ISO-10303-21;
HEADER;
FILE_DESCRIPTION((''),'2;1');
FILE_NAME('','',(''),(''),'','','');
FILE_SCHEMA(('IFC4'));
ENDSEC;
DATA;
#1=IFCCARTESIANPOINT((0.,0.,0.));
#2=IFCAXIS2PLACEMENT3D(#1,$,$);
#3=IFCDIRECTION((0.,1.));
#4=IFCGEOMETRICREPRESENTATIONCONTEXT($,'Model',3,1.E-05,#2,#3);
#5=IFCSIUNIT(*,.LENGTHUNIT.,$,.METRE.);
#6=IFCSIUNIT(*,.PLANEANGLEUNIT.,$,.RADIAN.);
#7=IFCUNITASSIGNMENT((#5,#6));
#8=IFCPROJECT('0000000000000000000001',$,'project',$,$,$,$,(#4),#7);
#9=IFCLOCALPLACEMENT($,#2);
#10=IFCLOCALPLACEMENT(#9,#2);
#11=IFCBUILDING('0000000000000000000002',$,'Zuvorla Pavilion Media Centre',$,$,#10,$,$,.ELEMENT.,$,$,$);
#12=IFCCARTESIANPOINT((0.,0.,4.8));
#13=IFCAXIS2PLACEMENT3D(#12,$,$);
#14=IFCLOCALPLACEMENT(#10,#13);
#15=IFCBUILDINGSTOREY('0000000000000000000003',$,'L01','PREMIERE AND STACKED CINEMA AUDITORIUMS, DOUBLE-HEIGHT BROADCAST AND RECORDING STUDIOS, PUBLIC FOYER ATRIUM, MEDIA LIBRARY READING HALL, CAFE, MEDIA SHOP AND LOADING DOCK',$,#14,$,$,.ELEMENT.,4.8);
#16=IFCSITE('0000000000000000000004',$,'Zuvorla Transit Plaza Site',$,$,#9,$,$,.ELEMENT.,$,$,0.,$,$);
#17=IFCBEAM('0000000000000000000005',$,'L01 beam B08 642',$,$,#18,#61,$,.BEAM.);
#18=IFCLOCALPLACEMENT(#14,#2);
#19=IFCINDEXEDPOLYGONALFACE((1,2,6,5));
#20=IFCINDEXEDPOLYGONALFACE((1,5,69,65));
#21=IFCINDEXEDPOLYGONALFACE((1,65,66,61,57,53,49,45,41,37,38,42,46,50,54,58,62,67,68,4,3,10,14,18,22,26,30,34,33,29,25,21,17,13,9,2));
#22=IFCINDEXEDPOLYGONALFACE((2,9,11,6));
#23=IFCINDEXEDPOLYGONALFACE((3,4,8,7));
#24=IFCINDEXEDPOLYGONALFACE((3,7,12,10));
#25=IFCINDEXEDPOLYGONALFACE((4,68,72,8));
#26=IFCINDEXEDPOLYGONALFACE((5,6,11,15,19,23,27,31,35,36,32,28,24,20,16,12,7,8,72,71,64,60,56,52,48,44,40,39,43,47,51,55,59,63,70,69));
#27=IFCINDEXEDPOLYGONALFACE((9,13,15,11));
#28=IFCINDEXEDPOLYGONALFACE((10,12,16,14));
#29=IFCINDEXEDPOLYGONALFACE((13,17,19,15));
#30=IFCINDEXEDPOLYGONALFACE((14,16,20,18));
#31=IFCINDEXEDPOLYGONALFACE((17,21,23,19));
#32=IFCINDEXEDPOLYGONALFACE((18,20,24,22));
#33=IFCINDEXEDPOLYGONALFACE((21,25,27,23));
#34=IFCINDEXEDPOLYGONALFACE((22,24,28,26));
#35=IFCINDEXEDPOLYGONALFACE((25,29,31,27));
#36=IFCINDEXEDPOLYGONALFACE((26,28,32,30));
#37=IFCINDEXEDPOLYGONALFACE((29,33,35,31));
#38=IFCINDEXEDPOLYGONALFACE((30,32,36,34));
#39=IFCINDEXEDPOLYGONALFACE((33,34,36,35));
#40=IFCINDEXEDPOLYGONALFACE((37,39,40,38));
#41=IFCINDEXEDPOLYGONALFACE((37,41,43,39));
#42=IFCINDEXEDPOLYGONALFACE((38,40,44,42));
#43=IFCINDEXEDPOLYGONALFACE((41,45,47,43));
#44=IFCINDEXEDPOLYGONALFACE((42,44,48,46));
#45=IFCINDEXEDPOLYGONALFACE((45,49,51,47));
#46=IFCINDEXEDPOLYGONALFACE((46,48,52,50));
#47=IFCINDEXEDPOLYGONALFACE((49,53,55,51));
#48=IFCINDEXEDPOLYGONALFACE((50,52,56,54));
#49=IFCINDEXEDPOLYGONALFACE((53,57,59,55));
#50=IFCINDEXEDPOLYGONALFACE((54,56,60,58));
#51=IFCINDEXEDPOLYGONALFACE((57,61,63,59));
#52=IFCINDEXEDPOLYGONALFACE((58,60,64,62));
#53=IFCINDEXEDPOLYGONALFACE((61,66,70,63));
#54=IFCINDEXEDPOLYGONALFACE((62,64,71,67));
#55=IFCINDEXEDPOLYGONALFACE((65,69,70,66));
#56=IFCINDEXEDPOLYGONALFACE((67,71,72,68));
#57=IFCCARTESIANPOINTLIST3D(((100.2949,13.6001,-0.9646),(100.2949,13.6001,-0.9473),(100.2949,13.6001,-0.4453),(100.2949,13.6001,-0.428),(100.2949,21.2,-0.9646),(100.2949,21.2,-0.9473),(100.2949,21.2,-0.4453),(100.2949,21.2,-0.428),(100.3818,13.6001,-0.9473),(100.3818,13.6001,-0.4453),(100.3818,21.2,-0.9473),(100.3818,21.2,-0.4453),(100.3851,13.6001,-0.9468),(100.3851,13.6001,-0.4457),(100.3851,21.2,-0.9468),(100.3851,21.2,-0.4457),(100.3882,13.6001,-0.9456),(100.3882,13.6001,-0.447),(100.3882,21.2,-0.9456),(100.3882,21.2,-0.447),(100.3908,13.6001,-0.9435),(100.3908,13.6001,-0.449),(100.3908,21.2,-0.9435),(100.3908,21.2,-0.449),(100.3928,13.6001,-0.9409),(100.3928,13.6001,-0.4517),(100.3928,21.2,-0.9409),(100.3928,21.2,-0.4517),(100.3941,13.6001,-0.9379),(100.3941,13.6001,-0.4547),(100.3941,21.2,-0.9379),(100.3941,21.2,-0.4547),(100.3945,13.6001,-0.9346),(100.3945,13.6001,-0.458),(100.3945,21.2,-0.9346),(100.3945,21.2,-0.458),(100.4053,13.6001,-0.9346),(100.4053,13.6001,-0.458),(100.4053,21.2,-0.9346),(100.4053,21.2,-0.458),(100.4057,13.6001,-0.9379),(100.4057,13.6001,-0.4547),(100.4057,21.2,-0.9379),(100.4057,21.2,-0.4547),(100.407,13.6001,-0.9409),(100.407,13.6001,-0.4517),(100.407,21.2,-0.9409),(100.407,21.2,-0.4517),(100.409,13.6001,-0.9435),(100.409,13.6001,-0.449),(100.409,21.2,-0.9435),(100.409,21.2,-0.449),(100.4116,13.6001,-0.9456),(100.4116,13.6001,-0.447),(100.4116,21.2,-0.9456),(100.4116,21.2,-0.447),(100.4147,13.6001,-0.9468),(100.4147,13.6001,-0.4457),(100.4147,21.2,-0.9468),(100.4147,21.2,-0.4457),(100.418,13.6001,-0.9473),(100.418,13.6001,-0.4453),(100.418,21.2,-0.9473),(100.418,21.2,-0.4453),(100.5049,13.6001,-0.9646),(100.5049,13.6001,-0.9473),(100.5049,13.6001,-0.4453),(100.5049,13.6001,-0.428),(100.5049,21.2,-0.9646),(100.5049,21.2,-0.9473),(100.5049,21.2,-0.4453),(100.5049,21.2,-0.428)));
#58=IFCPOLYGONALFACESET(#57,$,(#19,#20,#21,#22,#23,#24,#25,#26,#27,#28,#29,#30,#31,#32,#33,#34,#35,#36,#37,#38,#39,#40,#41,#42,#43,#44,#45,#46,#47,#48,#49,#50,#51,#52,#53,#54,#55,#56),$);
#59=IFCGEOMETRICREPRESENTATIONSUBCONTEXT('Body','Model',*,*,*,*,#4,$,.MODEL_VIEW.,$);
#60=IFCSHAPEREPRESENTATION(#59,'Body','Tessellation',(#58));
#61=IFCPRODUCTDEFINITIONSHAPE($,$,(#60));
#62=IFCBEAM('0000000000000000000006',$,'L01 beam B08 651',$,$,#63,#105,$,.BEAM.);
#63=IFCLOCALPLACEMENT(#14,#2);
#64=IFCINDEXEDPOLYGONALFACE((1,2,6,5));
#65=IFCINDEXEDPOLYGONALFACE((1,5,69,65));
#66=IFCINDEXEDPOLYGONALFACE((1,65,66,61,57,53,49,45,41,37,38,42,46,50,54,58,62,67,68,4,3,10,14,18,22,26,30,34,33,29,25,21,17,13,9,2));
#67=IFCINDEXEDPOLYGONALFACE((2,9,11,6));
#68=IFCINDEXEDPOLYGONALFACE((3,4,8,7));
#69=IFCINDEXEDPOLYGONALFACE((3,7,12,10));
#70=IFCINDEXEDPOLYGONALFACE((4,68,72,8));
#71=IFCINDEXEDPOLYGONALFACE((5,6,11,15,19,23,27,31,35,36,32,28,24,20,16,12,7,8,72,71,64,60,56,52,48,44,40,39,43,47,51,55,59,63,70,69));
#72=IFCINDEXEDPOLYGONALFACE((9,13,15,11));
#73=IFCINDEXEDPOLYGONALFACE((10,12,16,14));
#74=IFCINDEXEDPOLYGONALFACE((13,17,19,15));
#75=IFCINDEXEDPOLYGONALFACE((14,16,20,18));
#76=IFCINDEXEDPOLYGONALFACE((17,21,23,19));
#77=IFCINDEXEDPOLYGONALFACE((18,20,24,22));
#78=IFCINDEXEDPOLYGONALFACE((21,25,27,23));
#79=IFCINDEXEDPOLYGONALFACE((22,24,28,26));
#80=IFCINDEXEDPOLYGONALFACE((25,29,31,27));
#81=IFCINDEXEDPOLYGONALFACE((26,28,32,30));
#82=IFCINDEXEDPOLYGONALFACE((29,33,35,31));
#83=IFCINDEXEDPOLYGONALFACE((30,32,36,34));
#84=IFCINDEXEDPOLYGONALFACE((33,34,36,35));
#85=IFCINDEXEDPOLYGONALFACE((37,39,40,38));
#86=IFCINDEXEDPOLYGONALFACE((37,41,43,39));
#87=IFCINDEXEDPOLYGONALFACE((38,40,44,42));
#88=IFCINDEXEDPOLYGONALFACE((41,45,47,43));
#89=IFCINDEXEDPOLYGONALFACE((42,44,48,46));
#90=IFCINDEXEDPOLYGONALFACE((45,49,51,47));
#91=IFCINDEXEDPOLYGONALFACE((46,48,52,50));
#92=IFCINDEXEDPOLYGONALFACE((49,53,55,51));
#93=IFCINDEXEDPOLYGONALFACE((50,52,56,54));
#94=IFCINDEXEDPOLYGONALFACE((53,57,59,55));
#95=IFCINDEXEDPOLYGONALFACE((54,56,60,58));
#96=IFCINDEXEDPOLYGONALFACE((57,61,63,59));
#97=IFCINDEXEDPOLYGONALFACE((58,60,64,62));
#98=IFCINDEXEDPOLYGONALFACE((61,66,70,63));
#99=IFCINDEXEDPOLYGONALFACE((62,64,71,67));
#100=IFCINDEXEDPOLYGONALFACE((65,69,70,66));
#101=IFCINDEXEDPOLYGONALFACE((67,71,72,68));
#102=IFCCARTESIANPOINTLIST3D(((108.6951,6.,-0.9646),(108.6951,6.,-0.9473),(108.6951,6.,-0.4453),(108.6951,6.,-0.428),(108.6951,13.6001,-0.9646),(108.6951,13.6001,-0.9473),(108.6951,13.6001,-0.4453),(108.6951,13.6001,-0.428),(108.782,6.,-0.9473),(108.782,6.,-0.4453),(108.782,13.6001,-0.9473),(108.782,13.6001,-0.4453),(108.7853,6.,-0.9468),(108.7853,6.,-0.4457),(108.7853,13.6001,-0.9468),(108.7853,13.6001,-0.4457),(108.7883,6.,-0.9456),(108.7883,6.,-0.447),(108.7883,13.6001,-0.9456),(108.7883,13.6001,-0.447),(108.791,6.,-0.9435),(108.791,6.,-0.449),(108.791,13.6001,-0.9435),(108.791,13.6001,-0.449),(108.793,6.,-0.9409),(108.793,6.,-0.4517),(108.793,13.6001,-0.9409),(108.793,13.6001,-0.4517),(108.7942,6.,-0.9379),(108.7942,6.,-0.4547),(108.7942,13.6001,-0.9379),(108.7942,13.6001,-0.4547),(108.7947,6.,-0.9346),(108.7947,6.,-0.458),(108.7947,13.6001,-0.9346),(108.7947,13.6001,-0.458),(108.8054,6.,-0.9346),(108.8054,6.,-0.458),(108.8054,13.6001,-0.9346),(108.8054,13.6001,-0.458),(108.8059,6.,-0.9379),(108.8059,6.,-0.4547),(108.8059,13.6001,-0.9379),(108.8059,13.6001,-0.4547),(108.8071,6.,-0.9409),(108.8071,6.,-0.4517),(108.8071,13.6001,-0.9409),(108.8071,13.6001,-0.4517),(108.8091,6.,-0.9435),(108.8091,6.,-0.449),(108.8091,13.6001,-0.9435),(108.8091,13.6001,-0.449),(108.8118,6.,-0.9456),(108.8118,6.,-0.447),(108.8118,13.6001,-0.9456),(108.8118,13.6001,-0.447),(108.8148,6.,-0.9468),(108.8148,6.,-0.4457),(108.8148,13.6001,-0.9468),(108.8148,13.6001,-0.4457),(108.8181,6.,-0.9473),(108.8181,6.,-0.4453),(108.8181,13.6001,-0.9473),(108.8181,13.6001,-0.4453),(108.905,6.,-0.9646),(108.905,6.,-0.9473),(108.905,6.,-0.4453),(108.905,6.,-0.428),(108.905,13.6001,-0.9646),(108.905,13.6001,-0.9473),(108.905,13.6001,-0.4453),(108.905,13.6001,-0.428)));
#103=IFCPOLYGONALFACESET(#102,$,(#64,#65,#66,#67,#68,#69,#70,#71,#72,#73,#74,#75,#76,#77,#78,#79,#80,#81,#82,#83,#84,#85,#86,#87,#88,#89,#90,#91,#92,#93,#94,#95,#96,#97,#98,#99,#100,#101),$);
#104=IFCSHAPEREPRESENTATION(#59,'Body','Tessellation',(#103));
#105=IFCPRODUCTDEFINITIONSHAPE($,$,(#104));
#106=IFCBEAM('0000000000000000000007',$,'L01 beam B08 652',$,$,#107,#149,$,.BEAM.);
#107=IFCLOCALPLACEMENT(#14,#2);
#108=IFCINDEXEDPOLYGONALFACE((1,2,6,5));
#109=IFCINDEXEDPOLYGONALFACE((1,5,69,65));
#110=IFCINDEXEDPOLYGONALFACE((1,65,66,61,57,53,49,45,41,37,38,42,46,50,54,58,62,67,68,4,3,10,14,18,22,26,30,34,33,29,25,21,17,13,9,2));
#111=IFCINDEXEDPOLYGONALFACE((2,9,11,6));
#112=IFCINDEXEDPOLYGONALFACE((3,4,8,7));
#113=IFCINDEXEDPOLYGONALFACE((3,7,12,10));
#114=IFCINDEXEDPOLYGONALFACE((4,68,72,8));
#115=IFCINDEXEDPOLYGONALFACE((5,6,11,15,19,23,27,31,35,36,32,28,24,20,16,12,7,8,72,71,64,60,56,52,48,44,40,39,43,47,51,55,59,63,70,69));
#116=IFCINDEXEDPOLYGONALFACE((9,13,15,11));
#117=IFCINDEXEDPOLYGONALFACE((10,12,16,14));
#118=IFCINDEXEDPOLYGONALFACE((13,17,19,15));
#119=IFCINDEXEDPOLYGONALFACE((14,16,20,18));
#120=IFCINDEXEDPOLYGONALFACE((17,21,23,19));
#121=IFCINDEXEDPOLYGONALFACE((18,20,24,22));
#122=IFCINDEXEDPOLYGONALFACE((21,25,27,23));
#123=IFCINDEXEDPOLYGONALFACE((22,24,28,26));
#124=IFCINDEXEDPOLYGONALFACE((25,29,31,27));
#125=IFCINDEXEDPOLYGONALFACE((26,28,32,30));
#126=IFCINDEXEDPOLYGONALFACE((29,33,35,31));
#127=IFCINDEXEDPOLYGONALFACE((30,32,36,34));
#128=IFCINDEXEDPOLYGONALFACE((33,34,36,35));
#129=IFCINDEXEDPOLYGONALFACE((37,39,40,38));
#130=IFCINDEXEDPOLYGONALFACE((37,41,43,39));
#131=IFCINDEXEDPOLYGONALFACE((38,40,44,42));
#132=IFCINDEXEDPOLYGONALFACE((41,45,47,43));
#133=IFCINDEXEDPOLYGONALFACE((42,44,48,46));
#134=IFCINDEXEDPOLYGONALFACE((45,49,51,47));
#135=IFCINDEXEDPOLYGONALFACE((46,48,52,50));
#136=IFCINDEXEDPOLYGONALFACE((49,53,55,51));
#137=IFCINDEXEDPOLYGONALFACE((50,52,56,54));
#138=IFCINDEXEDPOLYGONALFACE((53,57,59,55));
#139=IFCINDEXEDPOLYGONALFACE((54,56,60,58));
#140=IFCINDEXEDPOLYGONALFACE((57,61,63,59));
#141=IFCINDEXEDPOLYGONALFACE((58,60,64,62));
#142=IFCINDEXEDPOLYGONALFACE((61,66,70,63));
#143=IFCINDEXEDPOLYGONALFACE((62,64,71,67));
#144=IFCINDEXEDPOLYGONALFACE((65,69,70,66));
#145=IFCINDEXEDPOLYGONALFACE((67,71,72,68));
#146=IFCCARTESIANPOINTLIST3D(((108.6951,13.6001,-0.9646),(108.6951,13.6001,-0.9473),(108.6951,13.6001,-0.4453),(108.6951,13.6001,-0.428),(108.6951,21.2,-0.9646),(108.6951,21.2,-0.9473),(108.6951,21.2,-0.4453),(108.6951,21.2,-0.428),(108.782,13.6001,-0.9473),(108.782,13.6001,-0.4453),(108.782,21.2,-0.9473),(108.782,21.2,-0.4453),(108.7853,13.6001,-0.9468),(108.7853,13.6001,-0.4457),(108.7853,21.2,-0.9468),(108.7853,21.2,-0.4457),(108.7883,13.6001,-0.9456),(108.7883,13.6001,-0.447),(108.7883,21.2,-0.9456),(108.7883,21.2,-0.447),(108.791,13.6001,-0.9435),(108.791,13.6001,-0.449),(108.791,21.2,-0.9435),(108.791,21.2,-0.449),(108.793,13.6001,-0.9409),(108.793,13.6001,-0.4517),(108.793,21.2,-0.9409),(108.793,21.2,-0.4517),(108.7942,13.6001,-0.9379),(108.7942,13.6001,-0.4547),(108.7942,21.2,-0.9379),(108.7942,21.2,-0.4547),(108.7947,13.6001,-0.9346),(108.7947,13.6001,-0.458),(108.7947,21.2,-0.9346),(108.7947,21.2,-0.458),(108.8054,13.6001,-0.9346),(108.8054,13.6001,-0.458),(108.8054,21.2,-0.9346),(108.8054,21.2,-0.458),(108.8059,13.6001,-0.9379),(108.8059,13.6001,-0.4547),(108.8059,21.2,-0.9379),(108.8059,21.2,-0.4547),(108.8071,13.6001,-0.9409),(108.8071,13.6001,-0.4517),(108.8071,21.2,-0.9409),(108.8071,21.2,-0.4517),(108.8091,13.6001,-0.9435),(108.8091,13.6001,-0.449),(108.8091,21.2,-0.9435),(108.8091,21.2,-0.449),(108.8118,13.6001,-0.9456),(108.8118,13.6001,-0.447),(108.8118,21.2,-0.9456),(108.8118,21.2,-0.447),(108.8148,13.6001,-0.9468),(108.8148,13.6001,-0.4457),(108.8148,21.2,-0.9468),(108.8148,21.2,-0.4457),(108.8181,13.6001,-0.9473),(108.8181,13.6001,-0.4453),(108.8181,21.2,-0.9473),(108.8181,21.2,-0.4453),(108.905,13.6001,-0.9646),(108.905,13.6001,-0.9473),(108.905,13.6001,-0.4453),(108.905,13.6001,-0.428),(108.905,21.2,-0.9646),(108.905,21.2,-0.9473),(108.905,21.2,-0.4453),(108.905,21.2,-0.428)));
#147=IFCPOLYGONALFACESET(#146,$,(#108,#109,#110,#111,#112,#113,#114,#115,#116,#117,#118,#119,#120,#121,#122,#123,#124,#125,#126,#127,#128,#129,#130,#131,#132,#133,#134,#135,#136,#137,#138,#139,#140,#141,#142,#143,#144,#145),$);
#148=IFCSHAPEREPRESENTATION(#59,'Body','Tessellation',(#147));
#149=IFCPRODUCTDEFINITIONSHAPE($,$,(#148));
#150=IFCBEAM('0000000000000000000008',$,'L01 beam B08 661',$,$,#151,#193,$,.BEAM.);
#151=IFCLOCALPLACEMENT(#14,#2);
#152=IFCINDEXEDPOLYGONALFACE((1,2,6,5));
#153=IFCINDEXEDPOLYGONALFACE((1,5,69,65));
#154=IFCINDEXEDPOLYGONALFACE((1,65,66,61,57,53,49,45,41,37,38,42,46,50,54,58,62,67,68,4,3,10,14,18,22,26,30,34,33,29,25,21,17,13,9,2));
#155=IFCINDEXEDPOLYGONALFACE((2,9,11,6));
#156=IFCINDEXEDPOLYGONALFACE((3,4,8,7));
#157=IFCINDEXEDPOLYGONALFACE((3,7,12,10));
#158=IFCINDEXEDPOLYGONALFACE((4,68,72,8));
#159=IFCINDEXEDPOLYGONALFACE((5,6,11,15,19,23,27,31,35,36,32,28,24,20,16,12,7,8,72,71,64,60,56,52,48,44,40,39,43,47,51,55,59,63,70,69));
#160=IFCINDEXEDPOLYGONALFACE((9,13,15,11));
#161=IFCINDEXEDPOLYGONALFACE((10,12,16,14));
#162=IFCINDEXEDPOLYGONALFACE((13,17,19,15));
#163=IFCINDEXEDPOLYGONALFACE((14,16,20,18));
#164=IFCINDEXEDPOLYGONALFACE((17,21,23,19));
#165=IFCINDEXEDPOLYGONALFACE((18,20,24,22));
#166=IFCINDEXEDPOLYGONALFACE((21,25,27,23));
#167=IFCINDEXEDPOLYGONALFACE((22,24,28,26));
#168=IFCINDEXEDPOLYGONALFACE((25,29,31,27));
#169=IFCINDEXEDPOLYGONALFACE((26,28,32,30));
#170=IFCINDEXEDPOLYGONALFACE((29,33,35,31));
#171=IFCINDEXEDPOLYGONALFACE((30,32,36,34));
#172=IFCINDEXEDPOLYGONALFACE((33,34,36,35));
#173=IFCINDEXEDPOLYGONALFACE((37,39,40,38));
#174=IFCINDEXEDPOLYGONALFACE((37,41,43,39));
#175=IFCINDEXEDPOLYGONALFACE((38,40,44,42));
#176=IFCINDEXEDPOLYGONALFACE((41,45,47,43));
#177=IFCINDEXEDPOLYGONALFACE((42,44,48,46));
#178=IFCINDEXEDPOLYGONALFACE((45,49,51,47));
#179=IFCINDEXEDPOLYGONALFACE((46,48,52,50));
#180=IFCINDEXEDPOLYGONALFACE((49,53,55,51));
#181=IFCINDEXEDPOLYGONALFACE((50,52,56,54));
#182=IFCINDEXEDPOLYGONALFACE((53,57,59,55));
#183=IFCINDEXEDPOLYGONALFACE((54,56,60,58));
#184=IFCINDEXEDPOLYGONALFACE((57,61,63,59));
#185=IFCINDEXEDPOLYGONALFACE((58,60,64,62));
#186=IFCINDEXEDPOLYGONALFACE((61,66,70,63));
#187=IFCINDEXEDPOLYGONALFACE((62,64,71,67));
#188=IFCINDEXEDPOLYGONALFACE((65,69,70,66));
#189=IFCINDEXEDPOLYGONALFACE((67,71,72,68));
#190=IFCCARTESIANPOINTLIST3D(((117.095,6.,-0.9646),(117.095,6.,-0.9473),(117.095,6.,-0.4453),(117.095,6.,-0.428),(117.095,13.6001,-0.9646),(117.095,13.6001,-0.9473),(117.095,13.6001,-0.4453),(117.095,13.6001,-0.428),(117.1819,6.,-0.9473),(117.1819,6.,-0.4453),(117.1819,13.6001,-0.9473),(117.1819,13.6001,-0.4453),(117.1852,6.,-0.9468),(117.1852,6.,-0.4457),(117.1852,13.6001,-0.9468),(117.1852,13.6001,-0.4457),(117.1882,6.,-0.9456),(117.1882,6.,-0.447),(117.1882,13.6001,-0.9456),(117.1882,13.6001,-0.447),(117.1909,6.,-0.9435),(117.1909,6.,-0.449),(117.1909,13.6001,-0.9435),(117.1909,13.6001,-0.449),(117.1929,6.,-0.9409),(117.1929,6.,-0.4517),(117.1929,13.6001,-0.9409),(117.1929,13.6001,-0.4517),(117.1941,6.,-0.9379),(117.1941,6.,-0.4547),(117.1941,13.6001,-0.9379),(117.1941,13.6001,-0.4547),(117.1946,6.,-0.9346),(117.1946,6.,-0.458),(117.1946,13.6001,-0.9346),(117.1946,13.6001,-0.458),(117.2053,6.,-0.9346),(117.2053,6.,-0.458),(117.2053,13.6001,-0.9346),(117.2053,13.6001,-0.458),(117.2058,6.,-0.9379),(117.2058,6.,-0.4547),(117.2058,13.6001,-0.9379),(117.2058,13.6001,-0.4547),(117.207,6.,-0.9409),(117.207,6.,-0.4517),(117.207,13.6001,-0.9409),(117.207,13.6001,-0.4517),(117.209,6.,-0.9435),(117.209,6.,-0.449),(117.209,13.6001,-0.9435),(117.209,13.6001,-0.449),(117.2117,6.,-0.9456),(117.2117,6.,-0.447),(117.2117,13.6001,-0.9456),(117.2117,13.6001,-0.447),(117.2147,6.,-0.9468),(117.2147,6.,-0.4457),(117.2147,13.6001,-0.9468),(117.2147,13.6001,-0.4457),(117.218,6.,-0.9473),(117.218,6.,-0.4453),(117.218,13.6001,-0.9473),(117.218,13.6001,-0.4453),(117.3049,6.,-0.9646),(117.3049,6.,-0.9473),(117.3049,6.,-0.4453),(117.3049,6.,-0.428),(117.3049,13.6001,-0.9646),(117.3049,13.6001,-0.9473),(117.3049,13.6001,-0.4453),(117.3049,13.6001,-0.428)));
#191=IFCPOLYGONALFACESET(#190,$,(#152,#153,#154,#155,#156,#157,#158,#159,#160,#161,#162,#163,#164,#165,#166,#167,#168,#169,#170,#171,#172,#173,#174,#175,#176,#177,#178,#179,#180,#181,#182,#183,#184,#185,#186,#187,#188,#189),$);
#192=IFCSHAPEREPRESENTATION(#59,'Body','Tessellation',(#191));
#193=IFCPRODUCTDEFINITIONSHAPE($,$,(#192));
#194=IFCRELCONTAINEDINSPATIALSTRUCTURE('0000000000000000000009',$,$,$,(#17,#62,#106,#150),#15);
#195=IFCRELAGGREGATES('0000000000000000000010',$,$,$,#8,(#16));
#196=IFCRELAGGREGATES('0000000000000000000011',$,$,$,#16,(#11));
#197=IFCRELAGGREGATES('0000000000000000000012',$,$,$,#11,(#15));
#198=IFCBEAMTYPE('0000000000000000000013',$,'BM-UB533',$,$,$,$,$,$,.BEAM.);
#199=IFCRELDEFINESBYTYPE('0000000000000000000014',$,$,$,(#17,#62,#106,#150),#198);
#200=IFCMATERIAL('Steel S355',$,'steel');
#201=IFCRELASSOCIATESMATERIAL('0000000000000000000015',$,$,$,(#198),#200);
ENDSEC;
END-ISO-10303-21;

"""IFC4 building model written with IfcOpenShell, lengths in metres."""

from ifc_helpers import new_model, si_unit, direction, frame, origin, origin_2d, place, context, subcontext, project, spatial, i_section, extrude, material, material_profile, profile_set, type_object, element, save


model = new_model("IFC4")

# Units and contexts
model_context = context("Model", 3, precision=1e-05, world=origin(), true_north=direction((0.0, 1.0)))
body_context = subcontext(model_context, "Body", "Model", "MODEL_VIEW")
ifc_project = project(units=[si_unit("LENGTHUNIT", "METRE"), si_unit("PLANEANGLEUNIT", "RADIAN")], contexts=[model_context])

# Site, building, storey
site_placement = place(None, origin())
site = spatial("IfcSite", under=ifc_project, at=site_placement, Name="Zuvorla Transit Plaza Site", CompositionType="ELEMENT", RefElevation=0.0)
building_placement = place(site_placement, origin())
building = spatial("IfcBuilding", under=site, at=building_placement, Name="Zuvorla Pavilion Media Centre", CompositionType="ELEMENT")
storey_placement = place(building_placement, frame((0.0, 0.0, 4.8)))
storey = spatial("IfcBuildingStorey", under=building, at=storey_placement, Name="L01", Description="PREMIERE AND STACKED CINEMA AUDITORIUMS, DOUBLE-HEIGHT BROADCAST AND RECORDING STUDIOS, PUBLIC FOYER ATRIUM, MEDIA LIBRARY READING HALL, CAFE, MEDIA SHOP AND LOADING DOCK", CompositionType="ELEMENT", Elevation=4.8)

# Shared definitions
ifc_material_1 = material(Name="Steel S355", Category="steel")

# Beams
ifc_material_profile_1 = material_profile(ifc_material_1, i_section(OverallWidth=0.21, OverallDepth=0.5366, WebThickness=0.0107, FlangeThickness=0.0173, FilletRadius=0.0127, at=origin_2d()), Name="UB 533x210x101")
ifc_profile_set_1 = profile_set([ifc_material_profile_1], Name="Steel S355")
beam_type_1 = type_object("IfcBeamType", Name="BM-UB533", PredefinedType="BEAM", material=ifc_profile_set_1)
beam_1_placement = place(storey_placement, frame((100.3999, 13.6001, -0.6963), z_axis=(0.0, 1.0, 0.0), x_axis=(-1.0, 0.0, 0.0)))
element("IfcBeam", 1, at=beam_1_placement, inside=storey, type_object=beam_type_1, Name="L01 beam B08 642", PredefinedType="BEAM", context=body_context, shape_type="SweptSolid", body=[
    extrude(i_section(OverallWidth=0.21, OverallDepth=0.5366, WebThickness=0.0107, FlangeThickness=0.0173, FilletRadius=0.0127, at=origin_2d()), origin(), (0.0, 0.0, 1.0), 7.5999),
])
beam_2_placement = place(storey_placement, frame((108.8, 6.0, -0.6963), z_axis=(0.0, 1.0, 0.0), x_axis=(-1.0, 0.0, 0.0)))
element("IfcBeam", 2, at=beam_2_placement, inside=storey, type_object=beam_type_1, Name="L01 beam B08 651", PredefinedType="BEAM", context=body_context, shape_type="SweptSolid", body=[
    extrude(i_section(OverallWidth=0.21, OverallDepth=0.5366, WebThickness=0.0107, FlangeThickness=0.0173, FilletRadius=0.0127, at=origin_2d()), origin(), (0.0, 0.0, 1.0), 7.6001),
])
beam_3_placement = place(storey_placement, frame((108.8, 13.6001, -0.6963), z_axis=(0.0, 1.0, 0.0), x_axis=(-1.0, 0.0, 0.0)))
element("IfcBeam", 3, at=beam_3_placement, inside=storey, type_object=beam_type_1, Name="L01 beam B08 652", PredefinedType="BEAM", context=body_context, shape_type="SweptSolid", body=[
    extrude(i_section(OverallWidth=0.21, OverallDepth=0.5366, WebThickness=0.0107, FlangeThickness=0.0173, FilletRadius=0.0127, at=origin_2d()), origin(), (0.0, 0.0, 1.0), 7.5999),
])
beam_4_placement = place(storey_placement, frame((117.2, 6.0, -0.6963), z_axis=(0.0, 1.0, 0.0), x_axis=(-1.0, 0.0, 0.0)))
element("IfcBeam", 4, at=beam_4_placement, inside=storey, type_object=beam_type_1, Name="L01 beam B08 661", PredefinedType="BEAM", context=body_context, shape_type="SweptSolid", body=[
    extrude(i_section(OverallWidth=0.21, OverallDepth=0.5366, WebThickness=0.0107, FlangeThickness=0.0173, FilletRadius=0.0127, at=origin_2d()), origin(), (0.0, 0.0, 1.0), 7.6001),
])

save(model, "model.ifc")
